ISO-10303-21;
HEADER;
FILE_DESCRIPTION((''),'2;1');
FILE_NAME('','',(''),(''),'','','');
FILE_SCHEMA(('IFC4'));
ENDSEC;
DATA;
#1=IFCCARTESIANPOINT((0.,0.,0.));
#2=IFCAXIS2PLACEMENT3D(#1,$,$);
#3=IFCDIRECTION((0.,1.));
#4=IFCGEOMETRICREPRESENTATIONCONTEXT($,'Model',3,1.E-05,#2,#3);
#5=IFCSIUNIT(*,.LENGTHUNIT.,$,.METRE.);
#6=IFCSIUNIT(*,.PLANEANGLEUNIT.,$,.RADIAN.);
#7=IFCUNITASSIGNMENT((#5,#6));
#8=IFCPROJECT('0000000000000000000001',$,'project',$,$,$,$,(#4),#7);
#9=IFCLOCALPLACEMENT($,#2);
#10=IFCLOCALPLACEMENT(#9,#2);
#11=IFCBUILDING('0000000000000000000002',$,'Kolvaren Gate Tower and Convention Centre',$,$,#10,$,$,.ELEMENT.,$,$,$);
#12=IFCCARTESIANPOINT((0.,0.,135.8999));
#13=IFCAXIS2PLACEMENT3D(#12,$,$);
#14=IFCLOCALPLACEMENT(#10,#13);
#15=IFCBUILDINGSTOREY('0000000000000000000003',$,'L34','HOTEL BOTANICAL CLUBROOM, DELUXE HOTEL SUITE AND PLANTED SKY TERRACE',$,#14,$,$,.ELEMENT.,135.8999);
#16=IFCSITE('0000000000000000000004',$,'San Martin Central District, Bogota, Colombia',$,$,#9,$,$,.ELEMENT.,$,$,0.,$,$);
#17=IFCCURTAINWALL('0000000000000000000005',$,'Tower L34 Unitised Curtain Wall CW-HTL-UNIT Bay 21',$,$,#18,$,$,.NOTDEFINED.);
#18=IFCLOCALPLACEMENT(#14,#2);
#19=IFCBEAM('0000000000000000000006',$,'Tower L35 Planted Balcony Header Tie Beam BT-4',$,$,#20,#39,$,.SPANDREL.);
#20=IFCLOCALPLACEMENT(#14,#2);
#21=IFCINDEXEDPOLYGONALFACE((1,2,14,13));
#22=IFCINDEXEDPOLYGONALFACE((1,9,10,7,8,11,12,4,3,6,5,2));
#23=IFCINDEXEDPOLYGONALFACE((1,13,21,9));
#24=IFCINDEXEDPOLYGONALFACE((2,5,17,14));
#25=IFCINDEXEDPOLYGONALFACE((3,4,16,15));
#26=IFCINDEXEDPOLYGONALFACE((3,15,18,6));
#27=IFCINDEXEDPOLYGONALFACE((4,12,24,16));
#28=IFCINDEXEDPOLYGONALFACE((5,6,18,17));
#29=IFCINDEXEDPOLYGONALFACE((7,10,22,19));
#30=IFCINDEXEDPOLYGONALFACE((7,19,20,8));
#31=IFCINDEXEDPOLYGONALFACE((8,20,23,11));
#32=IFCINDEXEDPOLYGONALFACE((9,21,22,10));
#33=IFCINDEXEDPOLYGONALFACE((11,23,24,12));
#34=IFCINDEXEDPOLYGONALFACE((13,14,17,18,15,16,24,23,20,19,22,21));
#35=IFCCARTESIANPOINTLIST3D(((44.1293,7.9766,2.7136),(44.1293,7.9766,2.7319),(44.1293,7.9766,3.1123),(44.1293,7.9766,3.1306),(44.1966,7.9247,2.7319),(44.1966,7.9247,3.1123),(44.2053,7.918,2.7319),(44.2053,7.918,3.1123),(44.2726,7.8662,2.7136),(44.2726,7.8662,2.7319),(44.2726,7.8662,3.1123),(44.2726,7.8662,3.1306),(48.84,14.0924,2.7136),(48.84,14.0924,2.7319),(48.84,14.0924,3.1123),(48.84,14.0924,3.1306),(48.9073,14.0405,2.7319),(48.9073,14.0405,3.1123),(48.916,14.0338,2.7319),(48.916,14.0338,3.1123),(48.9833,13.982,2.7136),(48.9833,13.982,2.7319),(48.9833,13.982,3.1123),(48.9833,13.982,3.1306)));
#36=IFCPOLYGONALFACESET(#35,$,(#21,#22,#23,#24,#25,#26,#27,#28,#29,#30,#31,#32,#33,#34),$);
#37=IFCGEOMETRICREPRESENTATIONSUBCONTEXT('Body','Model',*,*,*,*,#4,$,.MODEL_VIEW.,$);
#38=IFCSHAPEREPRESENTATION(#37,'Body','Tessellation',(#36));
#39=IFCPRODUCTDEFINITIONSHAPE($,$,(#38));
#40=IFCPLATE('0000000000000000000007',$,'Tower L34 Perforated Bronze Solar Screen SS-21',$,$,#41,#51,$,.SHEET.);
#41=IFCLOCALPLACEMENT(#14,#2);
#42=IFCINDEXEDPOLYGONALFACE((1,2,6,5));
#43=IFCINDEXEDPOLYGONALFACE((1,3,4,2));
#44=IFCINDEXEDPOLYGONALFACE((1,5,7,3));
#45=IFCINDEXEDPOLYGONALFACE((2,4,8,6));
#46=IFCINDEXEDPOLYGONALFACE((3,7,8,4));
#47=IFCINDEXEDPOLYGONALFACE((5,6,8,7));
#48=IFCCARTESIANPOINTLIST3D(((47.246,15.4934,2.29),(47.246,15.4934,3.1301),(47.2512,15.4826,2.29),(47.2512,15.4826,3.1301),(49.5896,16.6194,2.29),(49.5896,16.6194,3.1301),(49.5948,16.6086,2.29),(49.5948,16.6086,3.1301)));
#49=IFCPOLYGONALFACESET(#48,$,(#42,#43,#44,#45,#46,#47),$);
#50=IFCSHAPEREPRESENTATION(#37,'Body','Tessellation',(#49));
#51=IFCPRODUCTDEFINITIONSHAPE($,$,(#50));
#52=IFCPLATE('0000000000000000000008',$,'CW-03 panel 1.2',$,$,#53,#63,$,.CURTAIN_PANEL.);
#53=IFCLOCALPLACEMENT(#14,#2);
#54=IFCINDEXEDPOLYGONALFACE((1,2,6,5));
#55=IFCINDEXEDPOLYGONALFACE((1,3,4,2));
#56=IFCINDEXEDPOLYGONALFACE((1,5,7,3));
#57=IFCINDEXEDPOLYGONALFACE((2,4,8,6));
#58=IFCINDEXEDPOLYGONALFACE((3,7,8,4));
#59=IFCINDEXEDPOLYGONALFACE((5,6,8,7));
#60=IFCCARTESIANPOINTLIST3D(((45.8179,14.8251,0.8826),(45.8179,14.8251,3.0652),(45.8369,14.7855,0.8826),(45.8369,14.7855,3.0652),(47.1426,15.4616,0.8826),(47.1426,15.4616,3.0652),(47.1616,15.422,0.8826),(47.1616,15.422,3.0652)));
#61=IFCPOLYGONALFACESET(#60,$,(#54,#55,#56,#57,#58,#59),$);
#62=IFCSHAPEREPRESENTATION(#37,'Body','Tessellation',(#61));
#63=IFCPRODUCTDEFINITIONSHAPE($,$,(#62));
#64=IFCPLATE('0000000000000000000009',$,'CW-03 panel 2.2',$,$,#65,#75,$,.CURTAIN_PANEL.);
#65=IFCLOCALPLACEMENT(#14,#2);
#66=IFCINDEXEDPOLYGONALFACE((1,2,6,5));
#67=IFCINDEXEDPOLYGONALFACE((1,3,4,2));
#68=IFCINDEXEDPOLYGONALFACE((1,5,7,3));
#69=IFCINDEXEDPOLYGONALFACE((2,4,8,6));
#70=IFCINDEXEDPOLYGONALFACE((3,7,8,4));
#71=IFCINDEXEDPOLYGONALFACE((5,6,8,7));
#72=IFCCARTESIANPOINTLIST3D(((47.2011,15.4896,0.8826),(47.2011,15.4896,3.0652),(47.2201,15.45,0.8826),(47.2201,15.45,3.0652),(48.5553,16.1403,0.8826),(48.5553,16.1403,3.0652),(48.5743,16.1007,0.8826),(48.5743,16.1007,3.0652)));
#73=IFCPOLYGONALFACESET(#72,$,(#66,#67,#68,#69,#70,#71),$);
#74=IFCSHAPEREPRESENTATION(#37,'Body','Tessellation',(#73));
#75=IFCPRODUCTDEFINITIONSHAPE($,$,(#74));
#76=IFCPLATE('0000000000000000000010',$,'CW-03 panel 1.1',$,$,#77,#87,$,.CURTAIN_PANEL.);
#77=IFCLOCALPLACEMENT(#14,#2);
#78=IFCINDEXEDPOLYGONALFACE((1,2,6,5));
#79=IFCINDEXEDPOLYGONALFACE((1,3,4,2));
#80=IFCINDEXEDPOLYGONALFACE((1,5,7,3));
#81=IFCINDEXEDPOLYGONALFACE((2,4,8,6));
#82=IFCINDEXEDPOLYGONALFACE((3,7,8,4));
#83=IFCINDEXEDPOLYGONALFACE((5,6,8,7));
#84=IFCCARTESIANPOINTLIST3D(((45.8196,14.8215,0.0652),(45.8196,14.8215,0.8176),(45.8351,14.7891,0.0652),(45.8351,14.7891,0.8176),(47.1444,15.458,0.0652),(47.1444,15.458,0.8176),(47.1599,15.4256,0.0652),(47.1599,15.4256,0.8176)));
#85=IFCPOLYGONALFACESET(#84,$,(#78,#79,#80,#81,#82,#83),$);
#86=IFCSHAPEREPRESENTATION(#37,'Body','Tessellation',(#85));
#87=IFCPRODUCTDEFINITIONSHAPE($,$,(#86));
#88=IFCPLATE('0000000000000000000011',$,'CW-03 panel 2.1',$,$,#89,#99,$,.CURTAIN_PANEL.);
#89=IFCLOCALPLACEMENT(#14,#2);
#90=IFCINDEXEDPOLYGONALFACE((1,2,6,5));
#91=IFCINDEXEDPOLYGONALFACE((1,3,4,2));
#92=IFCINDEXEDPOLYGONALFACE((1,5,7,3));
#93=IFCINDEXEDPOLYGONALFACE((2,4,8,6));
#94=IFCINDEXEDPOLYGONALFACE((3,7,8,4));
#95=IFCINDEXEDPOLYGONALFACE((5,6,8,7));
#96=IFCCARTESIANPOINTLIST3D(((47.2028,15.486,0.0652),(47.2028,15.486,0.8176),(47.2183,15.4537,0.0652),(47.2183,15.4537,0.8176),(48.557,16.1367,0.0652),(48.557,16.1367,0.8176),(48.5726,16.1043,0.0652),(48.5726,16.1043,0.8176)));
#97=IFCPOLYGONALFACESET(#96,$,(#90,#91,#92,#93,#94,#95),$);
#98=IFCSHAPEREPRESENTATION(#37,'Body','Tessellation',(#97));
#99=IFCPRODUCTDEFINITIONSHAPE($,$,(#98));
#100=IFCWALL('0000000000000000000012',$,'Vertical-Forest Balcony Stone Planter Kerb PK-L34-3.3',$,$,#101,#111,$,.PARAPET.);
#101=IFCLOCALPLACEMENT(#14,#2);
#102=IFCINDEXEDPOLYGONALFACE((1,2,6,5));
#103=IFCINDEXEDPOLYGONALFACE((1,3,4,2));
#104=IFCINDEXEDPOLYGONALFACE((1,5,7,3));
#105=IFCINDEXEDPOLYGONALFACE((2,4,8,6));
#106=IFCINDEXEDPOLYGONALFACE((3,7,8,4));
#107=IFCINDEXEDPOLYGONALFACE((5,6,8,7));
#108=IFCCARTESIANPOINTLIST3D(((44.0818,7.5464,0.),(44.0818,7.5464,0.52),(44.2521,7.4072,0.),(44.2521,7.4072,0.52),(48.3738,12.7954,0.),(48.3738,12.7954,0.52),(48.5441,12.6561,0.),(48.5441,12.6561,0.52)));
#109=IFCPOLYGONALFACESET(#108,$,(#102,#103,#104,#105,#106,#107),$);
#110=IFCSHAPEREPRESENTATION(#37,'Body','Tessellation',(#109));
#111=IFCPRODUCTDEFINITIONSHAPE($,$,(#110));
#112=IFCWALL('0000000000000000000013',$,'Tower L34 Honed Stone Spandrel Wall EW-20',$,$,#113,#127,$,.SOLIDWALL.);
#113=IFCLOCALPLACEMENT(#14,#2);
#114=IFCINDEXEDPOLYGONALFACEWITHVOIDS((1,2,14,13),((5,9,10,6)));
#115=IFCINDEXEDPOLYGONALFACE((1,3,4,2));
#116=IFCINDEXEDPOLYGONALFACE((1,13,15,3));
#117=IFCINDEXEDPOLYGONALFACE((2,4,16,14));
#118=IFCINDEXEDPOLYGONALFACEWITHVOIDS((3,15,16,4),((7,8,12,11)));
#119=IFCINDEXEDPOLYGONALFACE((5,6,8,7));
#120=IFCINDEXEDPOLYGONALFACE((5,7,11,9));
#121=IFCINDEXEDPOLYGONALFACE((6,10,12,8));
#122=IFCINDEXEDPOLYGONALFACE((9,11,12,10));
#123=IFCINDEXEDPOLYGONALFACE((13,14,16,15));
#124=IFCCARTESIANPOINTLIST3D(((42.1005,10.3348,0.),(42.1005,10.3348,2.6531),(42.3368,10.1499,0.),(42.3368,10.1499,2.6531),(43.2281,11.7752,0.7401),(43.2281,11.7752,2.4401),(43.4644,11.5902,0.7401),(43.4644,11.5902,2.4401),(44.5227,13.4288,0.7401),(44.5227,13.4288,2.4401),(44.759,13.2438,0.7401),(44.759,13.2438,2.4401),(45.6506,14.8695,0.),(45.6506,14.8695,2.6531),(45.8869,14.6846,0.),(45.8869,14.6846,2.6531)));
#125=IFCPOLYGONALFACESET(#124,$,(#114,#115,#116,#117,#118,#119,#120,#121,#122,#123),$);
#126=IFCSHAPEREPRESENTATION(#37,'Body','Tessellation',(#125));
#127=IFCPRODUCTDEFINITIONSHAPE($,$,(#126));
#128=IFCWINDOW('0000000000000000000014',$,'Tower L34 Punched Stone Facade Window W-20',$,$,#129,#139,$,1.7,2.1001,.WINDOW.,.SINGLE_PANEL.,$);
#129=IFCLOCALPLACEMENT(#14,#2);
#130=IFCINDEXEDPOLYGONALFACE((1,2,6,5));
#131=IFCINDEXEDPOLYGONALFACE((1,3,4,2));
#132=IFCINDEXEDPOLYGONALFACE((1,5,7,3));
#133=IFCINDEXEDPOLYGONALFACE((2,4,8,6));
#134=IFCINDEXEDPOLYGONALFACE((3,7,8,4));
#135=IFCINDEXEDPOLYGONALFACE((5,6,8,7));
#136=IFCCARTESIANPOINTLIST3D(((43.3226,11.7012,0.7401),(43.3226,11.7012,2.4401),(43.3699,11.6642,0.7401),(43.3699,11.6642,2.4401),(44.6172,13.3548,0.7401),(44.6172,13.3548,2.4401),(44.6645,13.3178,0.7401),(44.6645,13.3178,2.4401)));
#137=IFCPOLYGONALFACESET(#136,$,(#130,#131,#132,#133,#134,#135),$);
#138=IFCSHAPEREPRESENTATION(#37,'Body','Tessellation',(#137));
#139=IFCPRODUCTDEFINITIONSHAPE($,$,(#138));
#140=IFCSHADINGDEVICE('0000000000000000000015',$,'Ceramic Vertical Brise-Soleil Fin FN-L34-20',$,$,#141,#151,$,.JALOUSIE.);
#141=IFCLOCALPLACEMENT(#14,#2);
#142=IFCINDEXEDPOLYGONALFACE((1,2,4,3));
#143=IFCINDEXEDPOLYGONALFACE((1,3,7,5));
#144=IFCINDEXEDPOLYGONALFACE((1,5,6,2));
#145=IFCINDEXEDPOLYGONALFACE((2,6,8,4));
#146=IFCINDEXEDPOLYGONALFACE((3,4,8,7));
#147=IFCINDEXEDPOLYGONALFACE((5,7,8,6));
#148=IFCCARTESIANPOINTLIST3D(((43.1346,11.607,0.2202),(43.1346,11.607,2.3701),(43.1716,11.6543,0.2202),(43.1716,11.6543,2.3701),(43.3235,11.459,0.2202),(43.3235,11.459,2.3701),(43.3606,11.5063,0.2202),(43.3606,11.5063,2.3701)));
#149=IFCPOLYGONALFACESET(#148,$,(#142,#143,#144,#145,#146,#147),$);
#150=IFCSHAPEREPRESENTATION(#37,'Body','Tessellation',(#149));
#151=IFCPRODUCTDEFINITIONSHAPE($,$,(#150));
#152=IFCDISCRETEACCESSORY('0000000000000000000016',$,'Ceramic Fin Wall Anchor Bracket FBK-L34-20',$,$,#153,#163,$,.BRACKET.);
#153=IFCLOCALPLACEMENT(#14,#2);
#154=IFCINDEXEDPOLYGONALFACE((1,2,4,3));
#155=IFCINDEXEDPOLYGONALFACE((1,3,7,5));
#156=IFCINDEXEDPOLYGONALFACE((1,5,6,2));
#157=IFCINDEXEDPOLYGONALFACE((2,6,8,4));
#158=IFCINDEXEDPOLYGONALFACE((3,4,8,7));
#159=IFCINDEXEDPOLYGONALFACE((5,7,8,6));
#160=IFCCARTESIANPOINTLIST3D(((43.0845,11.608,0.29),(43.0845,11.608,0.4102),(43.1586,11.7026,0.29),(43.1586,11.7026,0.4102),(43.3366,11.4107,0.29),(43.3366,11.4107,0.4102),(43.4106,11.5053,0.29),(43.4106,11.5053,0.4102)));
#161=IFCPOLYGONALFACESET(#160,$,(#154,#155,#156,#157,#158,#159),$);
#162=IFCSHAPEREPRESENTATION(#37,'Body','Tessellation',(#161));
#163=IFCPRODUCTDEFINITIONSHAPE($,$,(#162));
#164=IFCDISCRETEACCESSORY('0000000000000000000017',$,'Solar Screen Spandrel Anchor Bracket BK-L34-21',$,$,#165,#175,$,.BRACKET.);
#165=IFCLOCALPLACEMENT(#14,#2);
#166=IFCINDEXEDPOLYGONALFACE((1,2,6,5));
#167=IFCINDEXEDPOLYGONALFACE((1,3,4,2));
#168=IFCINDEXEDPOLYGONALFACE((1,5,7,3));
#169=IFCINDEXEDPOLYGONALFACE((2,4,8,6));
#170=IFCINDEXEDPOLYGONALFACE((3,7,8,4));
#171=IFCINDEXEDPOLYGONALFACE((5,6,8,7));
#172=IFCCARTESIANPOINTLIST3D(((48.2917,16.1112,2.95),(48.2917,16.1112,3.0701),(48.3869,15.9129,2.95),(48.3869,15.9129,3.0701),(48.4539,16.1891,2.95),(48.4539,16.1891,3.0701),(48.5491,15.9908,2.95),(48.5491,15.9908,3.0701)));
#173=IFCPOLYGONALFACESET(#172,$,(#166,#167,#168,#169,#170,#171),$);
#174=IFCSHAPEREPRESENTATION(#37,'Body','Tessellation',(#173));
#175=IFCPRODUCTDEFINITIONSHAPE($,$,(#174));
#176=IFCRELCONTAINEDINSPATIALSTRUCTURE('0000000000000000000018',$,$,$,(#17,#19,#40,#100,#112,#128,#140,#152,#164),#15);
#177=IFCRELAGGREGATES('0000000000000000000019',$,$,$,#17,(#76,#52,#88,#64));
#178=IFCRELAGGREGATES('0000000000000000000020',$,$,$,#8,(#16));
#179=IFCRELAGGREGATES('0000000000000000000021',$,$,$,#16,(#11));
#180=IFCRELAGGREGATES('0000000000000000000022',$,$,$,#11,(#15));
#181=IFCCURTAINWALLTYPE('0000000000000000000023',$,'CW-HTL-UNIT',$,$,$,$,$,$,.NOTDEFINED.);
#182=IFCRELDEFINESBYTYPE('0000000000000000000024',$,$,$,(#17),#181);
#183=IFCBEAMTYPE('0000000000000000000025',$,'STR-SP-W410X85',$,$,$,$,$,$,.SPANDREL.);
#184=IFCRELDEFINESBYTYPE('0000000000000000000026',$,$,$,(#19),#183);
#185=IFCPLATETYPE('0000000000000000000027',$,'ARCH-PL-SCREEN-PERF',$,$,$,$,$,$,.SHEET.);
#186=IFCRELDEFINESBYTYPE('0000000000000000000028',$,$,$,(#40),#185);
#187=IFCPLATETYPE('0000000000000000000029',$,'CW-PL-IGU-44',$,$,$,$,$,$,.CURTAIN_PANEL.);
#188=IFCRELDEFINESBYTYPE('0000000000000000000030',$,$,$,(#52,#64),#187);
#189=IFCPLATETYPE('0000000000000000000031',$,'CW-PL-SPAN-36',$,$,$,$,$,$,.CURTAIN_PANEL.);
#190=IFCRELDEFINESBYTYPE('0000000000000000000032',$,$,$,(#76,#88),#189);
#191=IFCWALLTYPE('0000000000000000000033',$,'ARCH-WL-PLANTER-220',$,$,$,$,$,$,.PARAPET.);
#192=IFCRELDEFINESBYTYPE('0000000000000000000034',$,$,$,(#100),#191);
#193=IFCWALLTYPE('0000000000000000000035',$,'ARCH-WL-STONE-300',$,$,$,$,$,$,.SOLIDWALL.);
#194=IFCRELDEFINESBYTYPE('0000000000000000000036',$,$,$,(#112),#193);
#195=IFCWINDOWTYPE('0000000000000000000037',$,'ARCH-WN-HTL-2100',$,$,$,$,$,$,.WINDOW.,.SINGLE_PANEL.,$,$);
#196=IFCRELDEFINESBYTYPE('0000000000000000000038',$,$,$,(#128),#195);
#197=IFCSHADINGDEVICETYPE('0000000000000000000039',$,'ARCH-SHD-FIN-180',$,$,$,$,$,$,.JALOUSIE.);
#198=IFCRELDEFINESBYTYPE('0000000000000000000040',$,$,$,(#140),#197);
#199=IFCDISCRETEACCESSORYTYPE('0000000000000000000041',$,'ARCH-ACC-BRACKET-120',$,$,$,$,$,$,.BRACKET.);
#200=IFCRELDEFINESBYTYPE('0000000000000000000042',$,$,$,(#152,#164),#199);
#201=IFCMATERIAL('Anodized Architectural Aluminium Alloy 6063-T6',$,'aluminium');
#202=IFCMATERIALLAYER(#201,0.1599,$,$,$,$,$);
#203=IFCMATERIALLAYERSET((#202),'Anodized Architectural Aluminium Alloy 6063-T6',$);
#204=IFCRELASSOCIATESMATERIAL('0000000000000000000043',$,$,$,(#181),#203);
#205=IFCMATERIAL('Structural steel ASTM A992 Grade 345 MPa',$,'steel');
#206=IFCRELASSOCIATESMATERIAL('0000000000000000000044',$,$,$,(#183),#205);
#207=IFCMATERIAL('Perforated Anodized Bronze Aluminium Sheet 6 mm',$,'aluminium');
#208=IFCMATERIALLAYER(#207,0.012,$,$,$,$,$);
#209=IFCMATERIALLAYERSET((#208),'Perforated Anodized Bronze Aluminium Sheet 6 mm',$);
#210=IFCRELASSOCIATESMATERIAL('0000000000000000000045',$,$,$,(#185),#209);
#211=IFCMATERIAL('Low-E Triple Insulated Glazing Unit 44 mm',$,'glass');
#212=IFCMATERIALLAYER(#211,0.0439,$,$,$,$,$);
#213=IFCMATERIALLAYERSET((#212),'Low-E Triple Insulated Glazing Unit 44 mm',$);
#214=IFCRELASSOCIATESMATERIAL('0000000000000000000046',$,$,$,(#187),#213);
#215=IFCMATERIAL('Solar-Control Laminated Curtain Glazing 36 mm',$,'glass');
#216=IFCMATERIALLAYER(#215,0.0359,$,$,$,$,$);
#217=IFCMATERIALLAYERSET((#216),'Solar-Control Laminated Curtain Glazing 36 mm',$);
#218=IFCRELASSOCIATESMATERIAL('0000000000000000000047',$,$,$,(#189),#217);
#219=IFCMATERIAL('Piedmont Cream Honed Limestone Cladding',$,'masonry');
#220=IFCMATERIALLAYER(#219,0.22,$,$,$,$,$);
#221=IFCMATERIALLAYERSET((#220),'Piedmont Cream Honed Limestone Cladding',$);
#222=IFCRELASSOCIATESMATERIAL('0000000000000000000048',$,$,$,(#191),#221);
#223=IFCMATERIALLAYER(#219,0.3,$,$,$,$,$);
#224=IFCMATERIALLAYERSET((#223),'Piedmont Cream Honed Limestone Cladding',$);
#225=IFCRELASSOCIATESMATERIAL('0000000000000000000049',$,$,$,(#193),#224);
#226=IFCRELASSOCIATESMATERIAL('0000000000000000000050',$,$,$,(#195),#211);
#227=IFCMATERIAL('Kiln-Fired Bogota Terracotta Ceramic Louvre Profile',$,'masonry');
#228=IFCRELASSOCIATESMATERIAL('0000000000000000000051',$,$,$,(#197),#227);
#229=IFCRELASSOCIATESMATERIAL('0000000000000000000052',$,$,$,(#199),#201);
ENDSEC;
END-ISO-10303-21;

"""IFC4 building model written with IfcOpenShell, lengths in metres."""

from ifc_helpers import new_model, si_unit, direction, frame, frame_2d, origin, origin_2d, place, context, subcontext, project, spatial, rectangle, i_section, extrude, material, layer, layer_set, material_profile, profile_set, type_object, element, fill, aggregate, save


model = new_model("IFC4")

# Units and contexts
model_context = context("Model", 3, precision=1e-05, world=origin(), true_north=direction((0.0, 1.0)))
body_context = subcontext(model_context, "Body", "Model", "MODEL_VIEW")
ifc_project = project(units=[si_unit("LENGTHUNIT", "METRE"), si_unit("PLANEANGLEUNIT", "RADIAN")], contexts=[model_context])

# Site, building, storey
site_placement = place(None, origin())
site = spatial("IfcSite", under=ifc_project, at=site_placement, Name="San Martin Central District, Bogota, Colombia", CompositionType="ELEMENT", RefElevation=0.0)
building_placement = place(site_placement, origin())
building = spatial("IfcBuilding", under=site, at=building_placement, Name="Kolvaren Gate Tower and Convention Centre", CompositionType="ELEMENT")
storey_placement = place(building_placement, frame((0.0, 0.0, 135.8999)))
storey = spatial("IfcBuildingStorey", under=building, at=storey_placement, Name="L34", Description="HOTEL BOTANICAL CLUBROOM, DELUXE HOTEL SUITE AND PLANTED SKY TERRACE", CompositionType="ELEMENT", Elevation=135.8999)

# Curtain wall
ifc_material_1 = material(Name="Anodized Architectural Aluminium Alloy 6063-T6", Category="aluminium")
ifc_layer_1 = layer(ifc_material_1, 0.1599)
ifc_layer_set_1 = layer_set([ifc_layer_1], Name="Anodized Architectural Aluminium Alloy 6063-T6")
curtain_wall_type = type_object("IfcCurtainWallType", Name="CW-HTL-UNIT", PredefinedType="NOTDEFINED", material=ifc_layer_set_1)
curtain_wall_placement = place(storey_placement, origin())
curtain_wall = element("IfcCurtainWall", 1, at=curtain_wall_placement, inside=storey, type_object=curtain_wall_type, Name="Tower L34 Unitised Curtain Wall CW-HTL-UNIT Bay 21", PredefinedType="NOTDEFINED")

# Beam
ifc_material_2 = material(Name="Structural steel ASTM A992 Grade 345 MPa", Category="steel")
ifc_material_profile_1 = material_profile(ifc_material_2, i_section(OverallWidth=0.1809, OverallDepth=0.417, WebThickness=0.011, FlangeThickness=0.0183, at=origin_2d()), Name="W410X85")
ifc_profile_set_1 = profile_set([ifc_material_profile_1], Name="Structural steel ASTM A992 Grade 345 MPa")
beam_type_1 = type_object("IfcBeamType", Name="STR-SP-W410X85", PredefinedType="SPANDREL", material=ifc_profile_set_1)
beam_1_placement = place(storey_placement, frame((44.2009, 7.9214, 2.9221), z_axis=(0.610223, 0.79223, 0.0), x_axis=(-0.79223, 0.610223, 0.0)))
element("IfcBeam", 2, at=beam_1_placement, inside=storey, type_object=beam_type_1, Name="Tower L35 Planted Balcony Header Tie Beam BT-4", PredefinedType="SPANDREL", context=body_context, shape_type="SweptSolid", body=[
    extrude(i_section(OverallWidth=0.1809, OverallDepth=0.417, WebThickness=0.011, FlangeThickness=0.0183, at=origin_2d()), origin(), (0.0, 0.0, 1.0), 7.7197),
])

# Plates
ifc_material_3 = material(Name="Perforated Anodized Bronze Aluminium Sheet 6 mm", Category="aluminium")
ifc_layer_2 = layer(ifc_material_3, 0.012)
ifc_layer_set_2 = layer_set([ifc_layer_2], Name="Perforated Anodized Bronze Aluminium Sheet 6 mm")
plate_type_1 = type_object("IfcPlateType", Name="ARCH-PL-SCREEN-PERF", PredefinedType="SHEET", material=ifc_layer_set_2)
plate_1_placement = place(storey_placement, frame((48.4204, 16.051, 2.29), z_axis=(0.0, 0.0, 1.0), x_axis=(0.901363, 0.433065, 0.0)))
element("IfcPlate", 3, at=plate_1_placement, inside=storey, type_object=plate_type_1, Name="Tower L34 Perforated Bronze Solar Screen SS-21", PredefinedType="SHEET", context=body_context, shape_type="SweptSolid", body=[
    extrude(rectangle(XDim=2.6001, YDim=0.012, at=origin_2d()), origin(), (0.0, 0.0, 1.0), 0.8401),
])
ifc_material_4 = material(Name="Low-E Triple Insulated Glazing Unit 44 mm", Category="glass")
ifc_layer_3 = layer(ifc_material_4, 0.0439)
ifc_layer_set_3 = layer_set([ifc_layer_3], Name="Low-E Triple Insulated Glazing Unit 44 mm")
plate_type_2 = type_object("IfcPlateType", Name="CW-PL-IGU-44", PredefinedType="CURTAIN_PANEL", material=ifc_layer_set_3)
plate_2_placement = place(storey_placement, frame((46.4897, 15.1235, 0.8826), z_axis=(0.0, 0.0, 1.0), x_axis=(0.90136, 0.433071, 0.0)))
plate_2 = element("IfcPlate", 4, at=plate_2_placement, type_object=plate_type_2, Name="CW-03 panel 1.2", PredefinedType="CURTAIN_PANEL", context=body_context, shape_type="SweptSolid", body=[
    extrude(rectangle(XDim=1.4697, YDim=0.0439, at=origin_2d()), origin(), (0.0, 0.0, 1.0), 2.1826),
])
plate_3_placement = place(storey_placement, frame((47.8877, 15.7952, 0.8826), z_axis=(0.0, 0.0, 1.0), x_axis=(0.90136, 0.433071, 0.0)))
plate_3 = element("IfcPlate", 5, at=plate_3_placement, type_object=plate_type_2, Name="CW-03 panel 2.2", PredefinedType="CURTAIN_PANEL", context=body_context, shape_type="SweptSolid", body=[
    extrude(rectangle(XDim=1.5024, YDim=0.0439, at=origin_2d()), origin(), (0.0, 0.0, 1.0), 2.1826),
])
ifc_material_5 = material(Name="Solar-Control Laminated Curtain Glazing 36 mm", Category="glass")
ifc_layer_4 = layer(ifc_material_5, 0.0359)
ifc_layer_set_4 = layer_set([ifc_layer_4], Name="Solar-Control Laminated Curtain Glazing 36 mm")
plate_type_3 = type_object("IfcPlateType", Name="CW-PL-SPAN-36", PredefinedType="CURTAIN_PANEL", material=ifc_layer_set_4)
plate_4_placement = place(storey_placement, frame((46.4897, 15.1235, 0.0652), z_axis=(0.0, 0.0, 1.0), x_axis=(0.90136, 0.433071, 0.0)))
plate_4 = element("IfcPlate", 6, at=plate_4_placement, type_object=plate_type_3, Name="CW-03 panel 1.1", PredefinedType="CURTAIN_PANEL", context=body_context, shape_type="SweptSolid", body=[
    extrude(rectangle(XDim=1.4697, YDim=0.0359, at=origin_2d()), origin(), (0.0, 0.0, 1.0), 0.7524),
])
plate_5_placement = place(storey_placement, frame((47.8877, 15.7952, 0.0652), z_axis=(0.0, 0.0, 1.0), x_axis=(0.90136, 0.433071, 0.0)))
plate_5 = element("IfcPlate", 7, at=plate_5_placement, type_object=plate_type_3, Name="CW-03 panel 2.1", PredefinedType="CURTAIN_PANEL", context=body_context, shape_type="SweptSolid", body=[
    extrude(rectangle(XDim=1.5024, YDim=0.0359, at=origin_2d()), origin(), (0.0, 0.0, 1.0), 0.7524),
])
aggregate(curtain_wall, [plate_4, plate_2, plate_5, plate_3])

# Wall
ifc_material_6 = material(Name="Piedmont Cream Honed Limestone Cladding", Category="masonry")
ifc_layer_5 = layer(ifc_material_6, 0.22)
ifc_layer_set_5 = layer_set([ifc_layer_5], Name="Piedmont Cream Honed Limestone Cladding")
wall_type_1 = type_object("IfcWallType", Name="ARCH-WL-PLANTER-220", PredefinedType="PARAPET", material=ifc_layer_set_5)
wall_1_placement = place(storey_placement, frame((44.167, 7.4768, 0.0), z_axis=(0.0, 0.0, 1.0), x_axis=(0.633002, 0.77415, 0.0)))
element("IfcWall", 8, at=wall_1_placement, inside=storey, type_object=wall_type_1, Name="Vertical-Forest Balcony Stone Planter Kerb PK-L34-3.3", PredefinedType="PARAPET", context=body_context, shape_type="SweptSolid", body=[
    extrude(rectangle(XDim=6.7803, YDim=0.22, at=frame_2d((3.3901, 0.0))), origin(), (0.0, 0.0, 1.0), 0.52),
])

# Wall, opening, window
ifc_layer_6 = layer(ifc_material_6, 0.3)
ifc_layer_set_6 = layer_set([ifc_layer_6], Name="Piedmont Cream Honed Limestone Cladding")
wall_type_2 = type_object("IfcWallType", Name="ARCH-WL-STONE-300", PredefinedType="SOLIDWALL", material=ifc_layer_set_6)
wall_2_placement = place(storey_placement, frame((42.2188, 10.2424, 0.0), z_axis=(0.0, 0.0, 1.0), x_axis=(0.616435, 0.787406, 0.0)))
wall_2 = element("IfcWall", 9, at=wall_2_placement, inside=storey, type_object=wall_type_2, Name="Tower L34 Honed Stone Spandrel Wall EW-20", PredefinedType="SOLIDWALL", context=body_context, shape_type="SweptSolid", body=[
    extrude(rectangle(XDim=5.759, YDim=0.3, at=frame_2d((2.8794, 0.0))), origin(), (0.0, 0.0, 1.0), 2.6531),
])
opening_placement = place(wall_2_placement, frame((1.8291, 0.0, 0.74)))
opening = element("IfcOpeningElement", 10, at=opening_placement, cuts=wall_2, PredefinedType="OPENING", context=body_context, shape_type="SweptSolid", body=[
    extrude(rectangle(XDim=2.1001, YDim=1.7, at=frame_2d((1.05, 0.8501))), frame((0.0, 0.1599, 0.0), z_axis=(0.0, -1.0, 0.0), x_axis=(1.0, 0.0, 0.0)), (0.0, 0.0, 1.0), 0.3201),
])
window_type = type_object("IfcWindowType", Name="ARCH-WN-HTL-2100", PartitioningType="SINGLE_PANEL", PredefinedType="WINDOW", material=ifc_material_4)
window_placement = place(opening_placement, origin())
window = element("IfcWindow", 11, at=window_placement, inside=storey, type_object=window_type, Name="Tower L34 Punched Stone Facade Window W-20", OverallHeight=1.7, OverallWidth=2.1001, PartitioningType="SINGLE_PANEL", PredefinedType="WINDOW", context=body_context, shape_type="SweptSolid", body=[
    extrude(rectangle(XDim=2.1001, YDim=1.7, at=frame_2d((1.05, 0.8501))), frame((0.0, 0.03, 0.0), z_axis=(0.0, -1.0, 0.0), x_axis=(1.0, 0.0, 0.0)), (0.0, 0.0, 1.0), 0.0601),
])
fill(opening, window)

# Shading device
ifc_material_7 = material(Name="Kiln-Fired Bogota Terracotta Ceramic Louvre Profile", Category="masonry")
shading_device_type = type_object("IfcShadingDeviceType", Name="ARCH-SHD-FIN-180", PredefinedType="JALOUSIE", material=ifc_material_7)
shading_device_placement = place(storey_placement, frame((43.2476, 11.5566, 0.2202), z_axis=(0.0, 0.0, 1.0), x_axis=(0.616424, 0.787414, 0.0)))
element("IfcShadingDevice", 12, at=shading_device_placement, inside=storey, type_object=shading_device_type, Name="Ceramic Vertical Brise-Soleil Fin FN-L34-20", PredefinedType="JALOUSIE", context=body_context, shape_type="SweptSolid", body=[
    extrude(rectangle(XDim=0.0601, YDim=0.24, at=origin_2d()), origin(), (0.0, 0.0, 1.0), 2.1499),
])

# Discrete accessories
discrete_accessory_type = type_object("IfcDiscreteAccessoryType", Name="ARCH-ACC-BRACKET-120", PredefinedType="BRACKET", material=ifc_material_1)
discrete_accessory_1_placement = place(storey_placement, frame((43.2476, 11.5566, 0.29), z_axis=(0.0, 0.0, 1.0), x_axis=(0.616424, 0.787414, 0.0)))
element("IfcDiscreteAccessory", 13, at=discrete_accessory_1_placement, inside=storey, type_object=discrete_accessory_type, Name="Ceramic Fin Wall Anchor Bracket FBK-L34-20", PredefinedType="BRACKET", context=body_context, shape_type="SweptSolid", body=[
    extrude(rectangle(XDim=0.1201, YDim=0.3201, at=origin_2d()), origin(), (0.0, 0.0, 1.0), 0.1201),
])
discrete_accessory_2_placement = place(storey_placement, frame((48.4204, 16.051, 2.95), z_axis=(0.0, 0.0, 1.0), x_axis=(0.901363, 0.433065, 0.0)))
element("IfcDiscreteAccessory", 14, at=discrete_accessory_2_placement, inside=storey, type_object=discrete_accessory_type, Name="Solar Screen Spandrel Anchor Bracket BK-L34-21", PredefinedType="BRACKET", context=body_context, shape_type="SweptSolid", body=[
    extrude(rectangle(XDim=0.1799, YDim=0.22, at=origin_2d()), origin(), (0.0, 0.0, 1.0), 0.1201),
])

save(model, "model.ifc")
